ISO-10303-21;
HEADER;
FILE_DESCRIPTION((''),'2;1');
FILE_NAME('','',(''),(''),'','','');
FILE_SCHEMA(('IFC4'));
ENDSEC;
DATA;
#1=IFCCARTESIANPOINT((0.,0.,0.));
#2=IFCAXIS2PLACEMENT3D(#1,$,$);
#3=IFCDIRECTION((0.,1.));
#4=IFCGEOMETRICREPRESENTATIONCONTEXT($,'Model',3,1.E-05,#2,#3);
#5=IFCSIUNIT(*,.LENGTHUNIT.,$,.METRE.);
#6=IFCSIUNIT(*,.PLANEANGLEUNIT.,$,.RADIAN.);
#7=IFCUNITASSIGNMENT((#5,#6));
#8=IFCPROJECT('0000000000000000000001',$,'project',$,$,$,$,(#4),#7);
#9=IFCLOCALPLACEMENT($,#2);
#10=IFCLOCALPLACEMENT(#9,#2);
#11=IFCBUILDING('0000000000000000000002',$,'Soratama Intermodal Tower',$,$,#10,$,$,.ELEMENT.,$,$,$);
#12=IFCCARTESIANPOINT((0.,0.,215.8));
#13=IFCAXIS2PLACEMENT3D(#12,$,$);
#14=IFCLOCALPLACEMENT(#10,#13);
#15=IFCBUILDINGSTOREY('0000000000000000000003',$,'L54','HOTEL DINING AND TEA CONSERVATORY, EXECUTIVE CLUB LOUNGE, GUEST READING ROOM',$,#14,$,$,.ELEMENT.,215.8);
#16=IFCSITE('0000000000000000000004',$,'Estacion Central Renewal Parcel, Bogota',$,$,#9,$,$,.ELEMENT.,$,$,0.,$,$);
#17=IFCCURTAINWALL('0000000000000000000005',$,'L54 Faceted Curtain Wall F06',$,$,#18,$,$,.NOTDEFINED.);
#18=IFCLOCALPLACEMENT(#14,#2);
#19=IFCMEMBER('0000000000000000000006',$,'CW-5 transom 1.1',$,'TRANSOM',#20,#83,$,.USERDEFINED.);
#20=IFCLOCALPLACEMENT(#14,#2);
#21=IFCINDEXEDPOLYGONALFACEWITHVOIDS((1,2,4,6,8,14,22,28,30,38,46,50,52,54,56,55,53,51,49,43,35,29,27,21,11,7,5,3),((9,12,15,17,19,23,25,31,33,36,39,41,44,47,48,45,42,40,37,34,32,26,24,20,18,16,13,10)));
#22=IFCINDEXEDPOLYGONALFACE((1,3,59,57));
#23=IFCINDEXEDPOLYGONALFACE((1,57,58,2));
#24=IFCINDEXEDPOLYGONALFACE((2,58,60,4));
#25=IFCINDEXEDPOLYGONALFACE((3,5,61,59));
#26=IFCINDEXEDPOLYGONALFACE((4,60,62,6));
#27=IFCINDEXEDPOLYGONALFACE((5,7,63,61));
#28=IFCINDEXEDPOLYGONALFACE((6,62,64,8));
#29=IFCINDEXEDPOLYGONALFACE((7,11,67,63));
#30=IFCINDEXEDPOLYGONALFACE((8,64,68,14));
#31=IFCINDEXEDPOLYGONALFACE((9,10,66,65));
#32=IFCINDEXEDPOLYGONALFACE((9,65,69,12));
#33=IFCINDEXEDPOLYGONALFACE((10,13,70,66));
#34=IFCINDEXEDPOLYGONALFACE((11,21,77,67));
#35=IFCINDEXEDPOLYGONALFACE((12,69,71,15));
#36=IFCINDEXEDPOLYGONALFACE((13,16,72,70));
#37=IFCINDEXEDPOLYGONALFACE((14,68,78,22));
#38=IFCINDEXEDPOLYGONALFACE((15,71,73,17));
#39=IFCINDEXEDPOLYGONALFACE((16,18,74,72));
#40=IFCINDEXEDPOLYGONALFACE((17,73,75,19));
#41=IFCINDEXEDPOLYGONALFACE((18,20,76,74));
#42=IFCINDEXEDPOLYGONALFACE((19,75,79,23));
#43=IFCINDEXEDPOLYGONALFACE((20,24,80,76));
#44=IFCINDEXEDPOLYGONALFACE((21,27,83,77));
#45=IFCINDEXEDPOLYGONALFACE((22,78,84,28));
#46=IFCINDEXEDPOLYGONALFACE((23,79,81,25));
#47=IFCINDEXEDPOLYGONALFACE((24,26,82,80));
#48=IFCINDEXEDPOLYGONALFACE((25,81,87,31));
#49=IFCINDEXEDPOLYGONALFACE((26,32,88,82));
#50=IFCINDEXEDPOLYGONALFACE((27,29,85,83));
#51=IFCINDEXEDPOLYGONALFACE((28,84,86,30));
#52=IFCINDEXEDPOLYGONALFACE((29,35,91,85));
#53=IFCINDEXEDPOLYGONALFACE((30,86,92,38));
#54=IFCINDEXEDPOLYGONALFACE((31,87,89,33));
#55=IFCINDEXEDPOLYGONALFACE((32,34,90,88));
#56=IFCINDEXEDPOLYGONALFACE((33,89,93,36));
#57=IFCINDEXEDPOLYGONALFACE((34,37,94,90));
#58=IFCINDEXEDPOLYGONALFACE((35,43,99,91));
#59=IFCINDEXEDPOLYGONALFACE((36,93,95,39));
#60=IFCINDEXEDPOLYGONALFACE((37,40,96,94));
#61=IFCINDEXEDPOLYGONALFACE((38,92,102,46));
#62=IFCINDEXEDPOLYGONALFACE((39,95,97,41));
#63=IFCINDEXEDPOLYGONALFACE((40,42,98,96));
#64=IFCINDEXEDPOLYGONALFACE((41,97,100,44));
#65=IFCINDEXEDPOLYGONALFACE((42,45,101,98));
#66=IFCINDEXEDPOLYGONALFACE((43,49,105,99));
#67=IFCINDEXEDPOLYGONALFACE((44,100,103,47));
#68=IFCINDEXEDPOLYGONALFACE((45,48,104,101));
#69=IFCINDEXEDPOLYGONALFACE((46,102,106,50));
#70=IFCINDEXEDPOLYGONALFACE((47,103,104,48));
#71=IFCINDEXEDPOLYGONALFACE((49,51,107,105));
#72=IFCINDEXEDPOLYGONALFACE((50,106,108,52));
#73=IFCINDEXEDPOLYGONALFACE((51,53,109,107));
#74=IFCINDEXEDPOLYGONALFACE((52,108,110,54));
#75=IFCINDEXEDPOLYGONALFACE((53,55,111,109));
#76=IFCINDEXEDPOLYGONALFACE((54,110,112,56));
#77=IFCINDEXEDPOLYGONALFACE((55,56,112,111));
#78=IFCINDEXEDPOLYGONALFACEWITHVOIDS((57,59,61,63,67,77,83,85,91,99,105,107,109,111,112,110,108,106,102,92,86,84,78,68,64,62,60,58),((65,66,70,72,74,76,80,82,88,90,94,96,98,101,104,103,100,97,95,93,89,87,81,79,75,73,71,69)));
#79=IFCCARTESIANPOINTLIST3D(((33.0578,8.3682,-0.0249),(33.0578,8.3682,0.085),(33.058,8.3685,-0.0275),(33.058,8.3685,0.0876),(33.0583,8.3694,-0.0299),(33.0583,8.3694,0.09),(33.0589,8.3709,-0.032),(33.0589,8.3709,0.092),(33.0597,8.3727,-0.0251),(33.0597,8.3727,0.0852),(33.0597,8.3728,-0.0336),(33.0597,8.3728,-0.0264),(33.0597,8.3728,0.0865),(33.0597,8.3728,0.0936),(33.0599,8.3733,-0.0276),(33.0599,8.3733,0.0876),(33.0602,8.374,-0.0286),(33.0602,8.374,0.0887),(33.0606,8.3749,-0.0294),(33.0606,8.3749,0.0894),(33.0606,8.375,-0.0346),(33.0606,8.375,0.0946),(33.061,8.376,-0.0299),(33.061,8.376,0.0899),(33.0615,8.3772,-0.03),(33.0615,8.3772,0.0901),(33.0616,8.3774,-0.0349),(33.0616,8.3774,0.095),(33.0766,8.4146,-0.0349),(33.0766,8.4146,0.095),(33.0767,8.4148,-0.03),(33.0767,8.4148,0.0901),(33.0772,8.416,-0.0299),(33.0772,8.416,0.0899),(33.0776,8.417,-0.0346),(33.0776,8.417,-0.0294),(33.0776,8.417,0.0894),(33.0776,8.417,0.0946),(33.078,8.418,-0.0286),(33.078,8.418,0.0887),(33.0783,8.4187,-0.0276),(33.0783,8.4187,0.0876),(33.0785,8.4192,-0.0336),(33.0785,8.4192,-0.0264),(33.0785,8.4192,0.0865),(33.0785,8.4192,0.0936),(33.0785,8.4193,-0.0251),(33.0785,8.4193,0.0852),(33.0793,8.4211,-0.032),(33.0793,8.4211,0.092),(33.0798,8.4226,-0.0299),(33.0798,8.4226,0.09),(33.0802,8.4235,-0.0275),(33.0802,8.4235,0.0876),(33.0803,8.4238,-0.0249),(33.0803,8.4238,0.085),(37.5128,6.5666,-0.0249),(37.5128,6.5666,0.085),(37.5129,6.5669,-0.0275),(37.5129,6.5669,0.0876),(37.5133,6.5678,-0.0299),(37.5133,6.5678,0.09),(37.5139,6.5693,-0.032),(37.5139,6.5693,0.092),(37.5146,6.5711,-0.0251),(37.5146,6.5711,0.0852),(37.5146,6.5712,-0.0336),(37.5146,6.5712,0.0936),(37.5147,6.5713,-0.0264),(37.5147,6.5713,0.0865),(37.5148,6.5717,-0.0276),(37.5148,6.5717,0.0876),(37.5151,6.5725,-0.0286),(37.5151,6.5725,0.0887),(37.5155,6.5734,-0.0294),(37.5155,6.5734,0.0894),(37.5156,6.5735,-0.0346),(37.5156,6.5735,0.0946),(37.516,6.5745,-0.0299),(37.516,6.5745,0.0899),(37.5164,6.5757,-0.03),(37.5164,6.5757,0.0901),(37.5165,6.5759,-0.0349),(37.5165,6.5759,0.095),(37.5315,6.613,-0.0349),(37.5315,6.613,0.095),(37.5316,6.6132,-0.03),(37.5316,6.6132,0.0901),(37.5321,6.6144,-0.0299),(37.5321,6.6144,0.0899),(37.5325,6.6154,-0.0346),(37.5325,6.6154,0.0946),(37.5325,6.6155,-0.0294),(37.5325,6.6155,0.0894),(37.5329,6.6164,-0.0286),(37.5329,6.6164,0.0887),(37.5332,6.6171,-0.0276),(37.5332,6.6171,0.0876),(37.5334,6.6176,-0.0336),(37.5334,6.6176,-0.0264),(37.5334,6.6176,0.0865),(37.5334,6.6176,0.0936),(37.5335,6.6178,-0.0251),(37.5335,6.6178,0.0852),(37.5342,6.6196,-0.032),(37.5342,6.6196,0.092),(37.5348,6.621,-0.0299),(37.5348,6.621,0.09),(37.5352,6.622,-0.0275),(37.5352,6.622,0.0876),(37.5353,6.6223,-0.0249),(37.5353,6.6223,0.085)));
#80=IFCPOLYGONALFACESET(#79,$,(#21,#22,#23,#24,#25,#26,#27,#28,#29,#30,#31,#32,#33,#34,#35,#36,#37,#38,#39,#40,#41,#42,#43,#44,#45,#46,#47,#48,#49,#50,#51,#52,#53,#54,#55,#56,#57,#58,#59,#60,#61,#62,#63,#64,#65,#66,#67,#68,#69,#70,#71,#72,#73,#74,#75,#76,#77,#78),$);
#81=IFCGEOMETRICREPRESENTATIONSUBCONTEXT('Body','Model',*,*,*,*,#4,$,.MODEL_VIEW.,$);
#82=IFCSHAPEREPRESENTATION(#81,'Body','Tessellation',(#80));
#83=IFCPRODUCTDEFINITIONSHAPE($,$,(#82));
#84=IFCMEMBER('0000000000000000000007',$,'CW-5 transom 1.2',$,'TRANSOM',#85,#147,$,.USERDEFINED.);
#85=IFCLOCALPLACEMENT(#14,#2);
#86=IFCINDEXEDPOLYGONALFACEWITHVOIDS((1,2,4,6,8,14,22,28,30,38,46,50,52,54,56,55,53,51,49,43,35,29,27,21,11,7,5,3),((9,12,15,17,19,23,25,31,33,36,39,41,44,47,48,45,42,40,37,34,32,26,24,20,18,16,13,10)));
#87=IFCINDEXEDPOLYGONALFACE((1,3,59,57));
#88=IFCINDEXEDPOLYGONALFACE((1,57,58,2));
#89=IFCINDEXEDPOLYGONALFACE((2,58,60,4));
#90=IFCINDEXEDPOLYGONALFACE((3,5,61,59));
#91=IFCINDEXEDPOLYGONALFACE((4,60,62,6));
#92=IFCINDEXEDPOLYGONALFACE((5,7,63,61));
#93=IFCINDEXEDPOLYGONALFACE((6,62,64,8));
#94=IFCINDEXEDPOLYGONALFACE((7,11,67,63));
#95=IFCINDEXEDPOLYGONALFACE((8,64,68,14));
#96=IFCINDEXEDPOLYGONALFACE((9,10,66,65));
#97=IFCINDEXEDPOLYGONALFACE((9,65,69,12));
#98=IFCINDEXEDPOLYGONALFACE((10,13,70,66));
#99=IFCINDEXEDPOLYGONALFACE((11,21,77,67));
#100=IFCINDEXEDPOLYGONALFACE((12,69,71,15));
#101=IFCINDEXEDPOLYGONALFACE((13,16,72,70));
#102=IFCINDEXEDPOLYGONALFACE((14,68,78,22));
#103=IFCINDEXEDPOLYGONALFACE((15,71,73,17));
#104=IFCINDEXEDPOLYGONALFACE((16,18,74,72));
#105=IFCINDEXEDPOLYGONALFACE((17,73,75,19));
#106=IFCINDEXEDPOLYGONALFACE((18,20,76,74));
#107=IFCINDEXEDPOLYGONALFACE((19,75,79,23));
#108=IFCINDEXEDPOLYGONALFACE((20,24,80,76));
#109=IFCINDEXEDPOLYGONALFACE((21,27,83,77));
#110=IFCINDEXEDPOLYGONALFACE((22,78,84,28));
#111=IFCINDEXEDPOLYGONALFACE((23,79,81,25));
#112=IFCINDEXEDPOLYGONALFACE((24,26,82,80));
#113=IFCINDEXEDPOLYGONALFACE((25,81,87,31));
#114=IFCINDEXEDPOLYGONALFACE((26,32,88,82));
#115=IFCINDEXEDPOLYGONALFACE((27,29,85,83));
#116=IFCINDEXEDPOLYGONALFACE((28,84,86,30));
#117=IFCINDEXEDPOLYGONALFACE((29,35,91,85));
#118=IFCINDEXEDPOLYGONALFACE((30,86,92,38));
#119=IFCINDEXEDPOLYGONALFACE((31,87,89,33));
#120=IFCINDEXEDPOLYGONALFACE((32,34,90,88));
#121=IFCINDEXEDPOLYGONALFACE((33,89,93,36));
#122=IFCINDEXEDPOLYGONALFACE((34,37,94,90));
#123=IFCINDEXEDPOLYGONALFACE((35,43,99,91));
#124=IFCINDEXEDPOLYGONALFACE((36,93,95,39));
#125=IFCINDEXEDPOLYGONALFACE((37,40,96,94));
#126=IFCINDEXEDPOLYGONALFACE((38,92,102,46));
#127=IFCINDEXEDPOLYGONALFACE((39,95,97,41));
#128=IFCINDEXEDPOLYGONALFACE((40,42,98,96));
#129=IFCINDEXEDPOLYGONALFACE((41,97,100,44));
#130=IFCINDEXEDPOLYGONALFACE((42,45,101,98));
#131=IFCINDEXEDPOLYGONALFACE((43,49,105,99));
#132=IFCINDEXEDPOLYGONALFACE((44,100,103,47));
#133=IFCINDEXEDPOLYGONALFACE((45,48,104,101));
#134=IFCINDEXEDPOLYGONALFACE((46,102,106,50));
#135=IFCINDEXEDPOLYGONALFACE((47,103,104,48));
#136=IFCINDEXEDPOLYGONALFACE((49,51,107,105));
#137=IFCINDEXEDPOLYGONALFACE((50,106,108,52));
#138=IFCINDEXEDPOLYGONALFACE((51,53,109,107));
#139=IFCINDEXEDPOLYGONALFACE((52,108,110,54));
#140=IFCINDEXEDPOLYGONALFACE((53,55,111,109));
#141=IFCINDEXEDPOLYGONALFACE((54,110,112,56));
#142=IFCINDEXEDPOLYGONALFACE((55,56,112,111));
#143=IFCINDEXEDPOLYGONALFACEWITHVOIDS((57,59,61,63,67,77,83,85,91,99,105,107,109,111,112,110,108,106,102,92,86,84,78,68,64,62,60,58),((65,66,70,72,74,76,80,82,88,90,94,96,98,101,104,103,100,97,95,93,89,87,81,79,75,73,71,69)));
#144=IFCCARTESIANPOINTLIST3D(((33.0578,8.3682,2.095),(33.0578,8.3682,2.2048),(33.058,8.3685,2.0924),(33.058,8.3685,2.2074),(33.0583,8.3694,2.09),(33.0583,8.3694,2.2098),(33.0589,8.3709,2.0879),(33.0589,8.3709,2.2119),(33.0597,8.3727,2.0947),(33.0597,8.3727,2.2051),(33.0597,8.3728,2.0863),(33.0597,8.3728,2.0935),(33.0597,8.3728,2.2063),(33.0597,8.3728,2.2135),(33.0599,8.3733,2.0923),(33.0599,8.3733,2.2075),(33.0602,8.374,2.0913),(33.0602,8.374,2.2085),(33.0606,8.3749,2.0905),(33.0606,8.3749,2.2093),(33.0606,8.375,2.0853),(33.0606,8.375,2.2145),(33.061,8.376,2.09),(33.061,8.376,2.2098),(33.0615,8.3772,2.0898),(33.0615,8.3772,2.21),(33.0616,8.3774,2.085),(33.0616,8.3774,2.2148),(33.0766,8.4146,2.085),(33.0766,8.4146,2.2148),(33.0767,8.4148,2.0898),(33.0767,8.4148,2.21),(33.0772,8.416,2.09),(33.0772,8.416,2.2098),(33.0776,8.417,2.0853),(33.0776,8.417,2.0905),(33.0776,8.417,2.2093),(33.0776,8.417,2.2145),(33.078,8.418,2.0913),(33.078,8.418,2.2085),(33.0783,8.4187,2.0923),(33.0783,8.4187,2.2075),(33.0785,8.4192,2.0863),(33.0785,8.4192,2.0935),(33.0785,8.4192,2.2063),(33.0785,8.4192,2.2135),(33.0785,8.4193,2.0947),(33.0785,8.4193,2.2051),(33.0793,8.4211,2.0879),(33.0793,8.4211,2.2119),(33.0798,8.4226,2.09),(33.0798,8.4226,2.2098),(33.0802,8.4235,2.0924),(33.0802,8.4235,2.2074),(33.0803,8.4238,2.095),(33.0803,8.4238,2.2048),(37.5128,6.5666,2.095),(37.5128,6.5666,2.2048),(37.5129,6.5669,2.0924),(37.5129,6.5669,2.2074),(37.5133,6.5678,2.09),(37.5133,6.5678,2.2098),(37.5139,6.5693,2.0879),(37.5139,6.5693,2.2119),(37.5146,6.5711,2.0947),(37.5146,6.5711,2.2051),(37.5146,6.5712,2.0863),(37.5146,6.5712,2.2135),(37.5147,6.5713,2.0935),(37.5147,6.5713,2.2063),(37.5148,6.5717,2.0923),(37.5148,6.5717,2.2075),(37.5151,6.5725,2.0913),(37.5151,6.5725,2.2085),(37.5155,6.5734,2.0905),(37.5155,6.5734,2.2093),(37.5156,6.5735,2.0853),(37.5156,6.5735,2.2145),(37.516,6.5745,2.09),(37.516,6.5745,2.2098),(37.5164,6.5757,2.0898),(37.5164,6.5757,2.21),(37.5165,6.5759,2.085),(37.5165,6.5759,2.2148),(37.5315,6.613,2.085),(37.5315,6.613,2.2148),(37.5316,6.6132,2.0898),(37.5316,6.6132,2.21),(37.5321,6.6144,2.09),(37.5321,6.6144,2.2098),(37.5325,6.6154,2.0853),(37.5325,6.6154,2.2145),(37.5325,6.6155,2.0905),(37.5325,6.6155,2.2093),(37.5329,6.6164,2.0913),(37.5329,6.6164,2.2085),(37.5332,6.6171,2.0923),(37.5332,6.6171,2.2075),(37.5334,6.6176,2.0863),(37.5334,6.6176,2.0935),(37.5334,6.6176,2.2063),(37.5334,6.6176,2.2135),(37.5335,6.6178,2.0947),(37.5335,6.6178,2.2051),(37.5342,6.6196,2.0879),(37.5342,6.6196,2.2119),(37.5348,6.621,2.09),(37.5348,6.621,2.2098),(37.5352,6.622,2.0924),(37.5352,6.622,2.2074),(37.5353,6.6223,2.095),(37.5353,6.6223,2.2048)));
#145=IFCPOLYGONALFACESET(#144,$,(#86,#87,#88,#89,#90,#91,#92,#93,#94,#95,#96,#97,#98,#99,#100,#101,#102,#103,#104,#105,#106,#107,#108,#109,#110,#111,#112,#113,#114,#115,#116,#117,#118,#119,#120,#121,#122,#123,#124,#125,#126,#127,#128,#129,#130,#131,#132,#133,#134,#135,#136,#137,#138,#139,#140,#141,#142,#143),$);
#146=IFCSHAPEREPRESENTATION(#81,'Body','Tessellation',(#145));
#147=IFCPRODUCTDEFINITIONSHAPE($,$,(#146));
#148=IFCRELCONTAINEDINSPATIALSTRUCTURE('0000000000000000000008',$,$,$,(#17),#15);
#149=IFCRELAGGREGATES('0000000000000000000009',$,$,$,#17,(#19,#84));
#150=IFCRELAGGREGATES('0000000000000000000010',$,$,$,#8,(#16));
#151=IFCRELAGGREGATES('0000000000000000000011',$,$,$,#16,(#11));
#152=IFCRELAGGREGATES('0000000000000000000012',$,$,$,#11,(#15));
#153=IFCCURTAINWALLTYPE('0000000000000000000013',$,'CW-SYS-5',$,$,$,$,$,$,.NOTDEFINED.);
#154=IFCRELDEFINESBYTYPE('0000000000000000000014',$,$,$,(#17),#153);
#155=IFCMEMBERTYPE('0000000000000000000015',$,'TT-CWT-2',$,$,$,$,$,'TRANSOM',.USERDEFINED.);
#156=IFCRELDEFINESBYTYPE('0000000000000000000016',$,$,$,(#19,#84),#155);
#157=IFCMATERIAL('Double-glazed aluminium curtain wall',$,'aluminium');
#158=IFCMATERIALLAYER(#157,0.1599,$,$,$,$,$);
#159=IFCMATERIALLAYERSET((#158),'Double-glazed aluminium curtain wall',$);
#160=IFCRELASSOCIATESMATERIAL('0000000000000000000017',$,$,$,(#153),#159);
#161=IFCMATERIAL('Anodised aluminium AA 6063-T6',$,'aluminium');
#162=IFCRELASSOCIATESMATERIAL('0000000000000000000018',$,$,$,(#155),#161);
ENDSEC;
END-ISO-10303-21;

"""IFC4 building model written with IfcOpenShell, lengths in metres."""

from ifc_helpers import new_model, si_unit, direction, frame, origin, origin_2d, place, context, subcontext, project, spatial, hollow_rectangle, extrude, material, layer, layer_set, material_profile, profile_set, type_object, element, aggregate, save


model = new_model("IFC4")

# Units and contexts
model_context = context("Model", 3, precision=1e-05, world=origin(), true_north=direction((0.0, 1.0)))
body_context = subcontext(model_context, "Body", "Model", "MODEL_VIEW")
ifc_project = project(units=[si_unit("LENGTHUNIT", "METRE"), si_unit("PLANEANGLEUNIT", "RADIAN")], contexts=[model_context])

# Site, building, storey
site_placement = place(None, origin())
site = spatial("IfcSite", under=ifc_project, at=site_placement, Name="Estacion Central Renewal Parcel, Bogota", CompositionType="ELEMENT", RefElevation=0.0)
building_placement = place(site_placement, origin())
building = spatial("IfcBuilding", under=site, at=building_placement, Name="Soratama Intermodal Tower", CompositionType="ELEMENT")
storey_placement = place(building_placement, frame((0.0, 0.0, 215.8)))
storey = spatial("IfcBuildingStorey", under=building, at=storey_placement, Name="L54", Description="HOTEL DINING AND TEA CONSERVATORY, EXECUTIVE CLUB LOUNGE, GUEST READING ROOM", CompositionType="ELEMENT", Elevation=215.8)

# Curtain wall, members
ifc_material_1 = material(Name="Double-glazed aluminium curtain wall", Category="aluminium")
ifc_layer_1 = layer(ifc_material_1, 0.1599)
ifc_layer_set_1 = layer_set([ifc_layer_1], Name="Double-glazed aluminium curtain wall")
curtain_wall_type = type_object("IfcCurtainWallType", Name="CW-SYS-5", PredefinedType="NOTDEFINED", material=ifc_layer_set_1)
curtain_wall_placement = place(storey_placement, origin())
curtain_wall = element("IfcCurtainWall", 1, at=curtain_wall_placement, inside=storey, type_object=curtain_wall_type, Name="L54 Faceted Curtain Wall F06", PredefinedType="NOTDEFINED")
ifc_material_2 = material(Name="Anodised aluminium AA 6063-T6", Category="aluminium")
ifc_material_profile_1 = material_profile(ifc_material_2, hollow_rectangle(XDim=0.0601, YDim=0.1299, WallThickness=0.0049, InnerFilletRadius=0.0049, OuterFilletRadius=0.01, at=origin_2d()), Name="CWT130X60X5")
ifc_profile_set_1 = profile_set([ifc_material_profile_1], Name="Anodised aluminium AA 6063-T6")
member_type_1 = type_object("IfcMemberType", Name="TT-CWT-2", ElementType="TRANSOM", PredefinedType="USERDEFINED", material=ifc_profile_set_1)
member_1_placement = place(storey_placement, frame((33.0691, 8.396, 0.03), z_axis=(0.927065, -0.374901, 0.0), x_axis=(0.374901, 0.927065, 0.0)))
member_1 = element("IfcMember", 2, at=member_1_placement, type_object=member_type_1, Name="CW-5 transom 1.1", ObjectType="TRANSOM", PredefinedType="USERDEFINED", context=body_context, shape_type="SweptSolid", body=[
    extrude(hollow_rectangle(XDim=0.0601, YDim=0.1299, WallThickness=0.0049, InnerFilletRadius=0.0049, OuterFilletRadius=0.01, at=origin_2d()), origin(), (0.0, 0.0, 1.0), 4.8054),
])
member_2_placement = place(storey_placement, frame((33.0691, 8.396, 2.1499), z_axis=(0.927065, -0.374901, 0.0), x_axis=(0.374901, 0.927065, 0.0)))
member_2 = element("IfcMember", 3, at=member_2_placement, type_object=member_type_1, Name="CW-5 transom 1.2", ObjectType="TRANSOM", PredefinedType="USERDEFINED", context=body_context, shape_type="SweptSolid", body=[
    extrude(hollow_rectangle(XDim=0.0601, YDim=0.1299, WallThickness=0.0049, InnerFilletRadius=0.0049, OuterFilletRadius=0.01, at=origin_2d()), origin(), (0.0, 0.0, 1.0), 4.8054),
])
aggregate(curtain_wall, [member_1, member_2])

save(model, "model.ifc")
